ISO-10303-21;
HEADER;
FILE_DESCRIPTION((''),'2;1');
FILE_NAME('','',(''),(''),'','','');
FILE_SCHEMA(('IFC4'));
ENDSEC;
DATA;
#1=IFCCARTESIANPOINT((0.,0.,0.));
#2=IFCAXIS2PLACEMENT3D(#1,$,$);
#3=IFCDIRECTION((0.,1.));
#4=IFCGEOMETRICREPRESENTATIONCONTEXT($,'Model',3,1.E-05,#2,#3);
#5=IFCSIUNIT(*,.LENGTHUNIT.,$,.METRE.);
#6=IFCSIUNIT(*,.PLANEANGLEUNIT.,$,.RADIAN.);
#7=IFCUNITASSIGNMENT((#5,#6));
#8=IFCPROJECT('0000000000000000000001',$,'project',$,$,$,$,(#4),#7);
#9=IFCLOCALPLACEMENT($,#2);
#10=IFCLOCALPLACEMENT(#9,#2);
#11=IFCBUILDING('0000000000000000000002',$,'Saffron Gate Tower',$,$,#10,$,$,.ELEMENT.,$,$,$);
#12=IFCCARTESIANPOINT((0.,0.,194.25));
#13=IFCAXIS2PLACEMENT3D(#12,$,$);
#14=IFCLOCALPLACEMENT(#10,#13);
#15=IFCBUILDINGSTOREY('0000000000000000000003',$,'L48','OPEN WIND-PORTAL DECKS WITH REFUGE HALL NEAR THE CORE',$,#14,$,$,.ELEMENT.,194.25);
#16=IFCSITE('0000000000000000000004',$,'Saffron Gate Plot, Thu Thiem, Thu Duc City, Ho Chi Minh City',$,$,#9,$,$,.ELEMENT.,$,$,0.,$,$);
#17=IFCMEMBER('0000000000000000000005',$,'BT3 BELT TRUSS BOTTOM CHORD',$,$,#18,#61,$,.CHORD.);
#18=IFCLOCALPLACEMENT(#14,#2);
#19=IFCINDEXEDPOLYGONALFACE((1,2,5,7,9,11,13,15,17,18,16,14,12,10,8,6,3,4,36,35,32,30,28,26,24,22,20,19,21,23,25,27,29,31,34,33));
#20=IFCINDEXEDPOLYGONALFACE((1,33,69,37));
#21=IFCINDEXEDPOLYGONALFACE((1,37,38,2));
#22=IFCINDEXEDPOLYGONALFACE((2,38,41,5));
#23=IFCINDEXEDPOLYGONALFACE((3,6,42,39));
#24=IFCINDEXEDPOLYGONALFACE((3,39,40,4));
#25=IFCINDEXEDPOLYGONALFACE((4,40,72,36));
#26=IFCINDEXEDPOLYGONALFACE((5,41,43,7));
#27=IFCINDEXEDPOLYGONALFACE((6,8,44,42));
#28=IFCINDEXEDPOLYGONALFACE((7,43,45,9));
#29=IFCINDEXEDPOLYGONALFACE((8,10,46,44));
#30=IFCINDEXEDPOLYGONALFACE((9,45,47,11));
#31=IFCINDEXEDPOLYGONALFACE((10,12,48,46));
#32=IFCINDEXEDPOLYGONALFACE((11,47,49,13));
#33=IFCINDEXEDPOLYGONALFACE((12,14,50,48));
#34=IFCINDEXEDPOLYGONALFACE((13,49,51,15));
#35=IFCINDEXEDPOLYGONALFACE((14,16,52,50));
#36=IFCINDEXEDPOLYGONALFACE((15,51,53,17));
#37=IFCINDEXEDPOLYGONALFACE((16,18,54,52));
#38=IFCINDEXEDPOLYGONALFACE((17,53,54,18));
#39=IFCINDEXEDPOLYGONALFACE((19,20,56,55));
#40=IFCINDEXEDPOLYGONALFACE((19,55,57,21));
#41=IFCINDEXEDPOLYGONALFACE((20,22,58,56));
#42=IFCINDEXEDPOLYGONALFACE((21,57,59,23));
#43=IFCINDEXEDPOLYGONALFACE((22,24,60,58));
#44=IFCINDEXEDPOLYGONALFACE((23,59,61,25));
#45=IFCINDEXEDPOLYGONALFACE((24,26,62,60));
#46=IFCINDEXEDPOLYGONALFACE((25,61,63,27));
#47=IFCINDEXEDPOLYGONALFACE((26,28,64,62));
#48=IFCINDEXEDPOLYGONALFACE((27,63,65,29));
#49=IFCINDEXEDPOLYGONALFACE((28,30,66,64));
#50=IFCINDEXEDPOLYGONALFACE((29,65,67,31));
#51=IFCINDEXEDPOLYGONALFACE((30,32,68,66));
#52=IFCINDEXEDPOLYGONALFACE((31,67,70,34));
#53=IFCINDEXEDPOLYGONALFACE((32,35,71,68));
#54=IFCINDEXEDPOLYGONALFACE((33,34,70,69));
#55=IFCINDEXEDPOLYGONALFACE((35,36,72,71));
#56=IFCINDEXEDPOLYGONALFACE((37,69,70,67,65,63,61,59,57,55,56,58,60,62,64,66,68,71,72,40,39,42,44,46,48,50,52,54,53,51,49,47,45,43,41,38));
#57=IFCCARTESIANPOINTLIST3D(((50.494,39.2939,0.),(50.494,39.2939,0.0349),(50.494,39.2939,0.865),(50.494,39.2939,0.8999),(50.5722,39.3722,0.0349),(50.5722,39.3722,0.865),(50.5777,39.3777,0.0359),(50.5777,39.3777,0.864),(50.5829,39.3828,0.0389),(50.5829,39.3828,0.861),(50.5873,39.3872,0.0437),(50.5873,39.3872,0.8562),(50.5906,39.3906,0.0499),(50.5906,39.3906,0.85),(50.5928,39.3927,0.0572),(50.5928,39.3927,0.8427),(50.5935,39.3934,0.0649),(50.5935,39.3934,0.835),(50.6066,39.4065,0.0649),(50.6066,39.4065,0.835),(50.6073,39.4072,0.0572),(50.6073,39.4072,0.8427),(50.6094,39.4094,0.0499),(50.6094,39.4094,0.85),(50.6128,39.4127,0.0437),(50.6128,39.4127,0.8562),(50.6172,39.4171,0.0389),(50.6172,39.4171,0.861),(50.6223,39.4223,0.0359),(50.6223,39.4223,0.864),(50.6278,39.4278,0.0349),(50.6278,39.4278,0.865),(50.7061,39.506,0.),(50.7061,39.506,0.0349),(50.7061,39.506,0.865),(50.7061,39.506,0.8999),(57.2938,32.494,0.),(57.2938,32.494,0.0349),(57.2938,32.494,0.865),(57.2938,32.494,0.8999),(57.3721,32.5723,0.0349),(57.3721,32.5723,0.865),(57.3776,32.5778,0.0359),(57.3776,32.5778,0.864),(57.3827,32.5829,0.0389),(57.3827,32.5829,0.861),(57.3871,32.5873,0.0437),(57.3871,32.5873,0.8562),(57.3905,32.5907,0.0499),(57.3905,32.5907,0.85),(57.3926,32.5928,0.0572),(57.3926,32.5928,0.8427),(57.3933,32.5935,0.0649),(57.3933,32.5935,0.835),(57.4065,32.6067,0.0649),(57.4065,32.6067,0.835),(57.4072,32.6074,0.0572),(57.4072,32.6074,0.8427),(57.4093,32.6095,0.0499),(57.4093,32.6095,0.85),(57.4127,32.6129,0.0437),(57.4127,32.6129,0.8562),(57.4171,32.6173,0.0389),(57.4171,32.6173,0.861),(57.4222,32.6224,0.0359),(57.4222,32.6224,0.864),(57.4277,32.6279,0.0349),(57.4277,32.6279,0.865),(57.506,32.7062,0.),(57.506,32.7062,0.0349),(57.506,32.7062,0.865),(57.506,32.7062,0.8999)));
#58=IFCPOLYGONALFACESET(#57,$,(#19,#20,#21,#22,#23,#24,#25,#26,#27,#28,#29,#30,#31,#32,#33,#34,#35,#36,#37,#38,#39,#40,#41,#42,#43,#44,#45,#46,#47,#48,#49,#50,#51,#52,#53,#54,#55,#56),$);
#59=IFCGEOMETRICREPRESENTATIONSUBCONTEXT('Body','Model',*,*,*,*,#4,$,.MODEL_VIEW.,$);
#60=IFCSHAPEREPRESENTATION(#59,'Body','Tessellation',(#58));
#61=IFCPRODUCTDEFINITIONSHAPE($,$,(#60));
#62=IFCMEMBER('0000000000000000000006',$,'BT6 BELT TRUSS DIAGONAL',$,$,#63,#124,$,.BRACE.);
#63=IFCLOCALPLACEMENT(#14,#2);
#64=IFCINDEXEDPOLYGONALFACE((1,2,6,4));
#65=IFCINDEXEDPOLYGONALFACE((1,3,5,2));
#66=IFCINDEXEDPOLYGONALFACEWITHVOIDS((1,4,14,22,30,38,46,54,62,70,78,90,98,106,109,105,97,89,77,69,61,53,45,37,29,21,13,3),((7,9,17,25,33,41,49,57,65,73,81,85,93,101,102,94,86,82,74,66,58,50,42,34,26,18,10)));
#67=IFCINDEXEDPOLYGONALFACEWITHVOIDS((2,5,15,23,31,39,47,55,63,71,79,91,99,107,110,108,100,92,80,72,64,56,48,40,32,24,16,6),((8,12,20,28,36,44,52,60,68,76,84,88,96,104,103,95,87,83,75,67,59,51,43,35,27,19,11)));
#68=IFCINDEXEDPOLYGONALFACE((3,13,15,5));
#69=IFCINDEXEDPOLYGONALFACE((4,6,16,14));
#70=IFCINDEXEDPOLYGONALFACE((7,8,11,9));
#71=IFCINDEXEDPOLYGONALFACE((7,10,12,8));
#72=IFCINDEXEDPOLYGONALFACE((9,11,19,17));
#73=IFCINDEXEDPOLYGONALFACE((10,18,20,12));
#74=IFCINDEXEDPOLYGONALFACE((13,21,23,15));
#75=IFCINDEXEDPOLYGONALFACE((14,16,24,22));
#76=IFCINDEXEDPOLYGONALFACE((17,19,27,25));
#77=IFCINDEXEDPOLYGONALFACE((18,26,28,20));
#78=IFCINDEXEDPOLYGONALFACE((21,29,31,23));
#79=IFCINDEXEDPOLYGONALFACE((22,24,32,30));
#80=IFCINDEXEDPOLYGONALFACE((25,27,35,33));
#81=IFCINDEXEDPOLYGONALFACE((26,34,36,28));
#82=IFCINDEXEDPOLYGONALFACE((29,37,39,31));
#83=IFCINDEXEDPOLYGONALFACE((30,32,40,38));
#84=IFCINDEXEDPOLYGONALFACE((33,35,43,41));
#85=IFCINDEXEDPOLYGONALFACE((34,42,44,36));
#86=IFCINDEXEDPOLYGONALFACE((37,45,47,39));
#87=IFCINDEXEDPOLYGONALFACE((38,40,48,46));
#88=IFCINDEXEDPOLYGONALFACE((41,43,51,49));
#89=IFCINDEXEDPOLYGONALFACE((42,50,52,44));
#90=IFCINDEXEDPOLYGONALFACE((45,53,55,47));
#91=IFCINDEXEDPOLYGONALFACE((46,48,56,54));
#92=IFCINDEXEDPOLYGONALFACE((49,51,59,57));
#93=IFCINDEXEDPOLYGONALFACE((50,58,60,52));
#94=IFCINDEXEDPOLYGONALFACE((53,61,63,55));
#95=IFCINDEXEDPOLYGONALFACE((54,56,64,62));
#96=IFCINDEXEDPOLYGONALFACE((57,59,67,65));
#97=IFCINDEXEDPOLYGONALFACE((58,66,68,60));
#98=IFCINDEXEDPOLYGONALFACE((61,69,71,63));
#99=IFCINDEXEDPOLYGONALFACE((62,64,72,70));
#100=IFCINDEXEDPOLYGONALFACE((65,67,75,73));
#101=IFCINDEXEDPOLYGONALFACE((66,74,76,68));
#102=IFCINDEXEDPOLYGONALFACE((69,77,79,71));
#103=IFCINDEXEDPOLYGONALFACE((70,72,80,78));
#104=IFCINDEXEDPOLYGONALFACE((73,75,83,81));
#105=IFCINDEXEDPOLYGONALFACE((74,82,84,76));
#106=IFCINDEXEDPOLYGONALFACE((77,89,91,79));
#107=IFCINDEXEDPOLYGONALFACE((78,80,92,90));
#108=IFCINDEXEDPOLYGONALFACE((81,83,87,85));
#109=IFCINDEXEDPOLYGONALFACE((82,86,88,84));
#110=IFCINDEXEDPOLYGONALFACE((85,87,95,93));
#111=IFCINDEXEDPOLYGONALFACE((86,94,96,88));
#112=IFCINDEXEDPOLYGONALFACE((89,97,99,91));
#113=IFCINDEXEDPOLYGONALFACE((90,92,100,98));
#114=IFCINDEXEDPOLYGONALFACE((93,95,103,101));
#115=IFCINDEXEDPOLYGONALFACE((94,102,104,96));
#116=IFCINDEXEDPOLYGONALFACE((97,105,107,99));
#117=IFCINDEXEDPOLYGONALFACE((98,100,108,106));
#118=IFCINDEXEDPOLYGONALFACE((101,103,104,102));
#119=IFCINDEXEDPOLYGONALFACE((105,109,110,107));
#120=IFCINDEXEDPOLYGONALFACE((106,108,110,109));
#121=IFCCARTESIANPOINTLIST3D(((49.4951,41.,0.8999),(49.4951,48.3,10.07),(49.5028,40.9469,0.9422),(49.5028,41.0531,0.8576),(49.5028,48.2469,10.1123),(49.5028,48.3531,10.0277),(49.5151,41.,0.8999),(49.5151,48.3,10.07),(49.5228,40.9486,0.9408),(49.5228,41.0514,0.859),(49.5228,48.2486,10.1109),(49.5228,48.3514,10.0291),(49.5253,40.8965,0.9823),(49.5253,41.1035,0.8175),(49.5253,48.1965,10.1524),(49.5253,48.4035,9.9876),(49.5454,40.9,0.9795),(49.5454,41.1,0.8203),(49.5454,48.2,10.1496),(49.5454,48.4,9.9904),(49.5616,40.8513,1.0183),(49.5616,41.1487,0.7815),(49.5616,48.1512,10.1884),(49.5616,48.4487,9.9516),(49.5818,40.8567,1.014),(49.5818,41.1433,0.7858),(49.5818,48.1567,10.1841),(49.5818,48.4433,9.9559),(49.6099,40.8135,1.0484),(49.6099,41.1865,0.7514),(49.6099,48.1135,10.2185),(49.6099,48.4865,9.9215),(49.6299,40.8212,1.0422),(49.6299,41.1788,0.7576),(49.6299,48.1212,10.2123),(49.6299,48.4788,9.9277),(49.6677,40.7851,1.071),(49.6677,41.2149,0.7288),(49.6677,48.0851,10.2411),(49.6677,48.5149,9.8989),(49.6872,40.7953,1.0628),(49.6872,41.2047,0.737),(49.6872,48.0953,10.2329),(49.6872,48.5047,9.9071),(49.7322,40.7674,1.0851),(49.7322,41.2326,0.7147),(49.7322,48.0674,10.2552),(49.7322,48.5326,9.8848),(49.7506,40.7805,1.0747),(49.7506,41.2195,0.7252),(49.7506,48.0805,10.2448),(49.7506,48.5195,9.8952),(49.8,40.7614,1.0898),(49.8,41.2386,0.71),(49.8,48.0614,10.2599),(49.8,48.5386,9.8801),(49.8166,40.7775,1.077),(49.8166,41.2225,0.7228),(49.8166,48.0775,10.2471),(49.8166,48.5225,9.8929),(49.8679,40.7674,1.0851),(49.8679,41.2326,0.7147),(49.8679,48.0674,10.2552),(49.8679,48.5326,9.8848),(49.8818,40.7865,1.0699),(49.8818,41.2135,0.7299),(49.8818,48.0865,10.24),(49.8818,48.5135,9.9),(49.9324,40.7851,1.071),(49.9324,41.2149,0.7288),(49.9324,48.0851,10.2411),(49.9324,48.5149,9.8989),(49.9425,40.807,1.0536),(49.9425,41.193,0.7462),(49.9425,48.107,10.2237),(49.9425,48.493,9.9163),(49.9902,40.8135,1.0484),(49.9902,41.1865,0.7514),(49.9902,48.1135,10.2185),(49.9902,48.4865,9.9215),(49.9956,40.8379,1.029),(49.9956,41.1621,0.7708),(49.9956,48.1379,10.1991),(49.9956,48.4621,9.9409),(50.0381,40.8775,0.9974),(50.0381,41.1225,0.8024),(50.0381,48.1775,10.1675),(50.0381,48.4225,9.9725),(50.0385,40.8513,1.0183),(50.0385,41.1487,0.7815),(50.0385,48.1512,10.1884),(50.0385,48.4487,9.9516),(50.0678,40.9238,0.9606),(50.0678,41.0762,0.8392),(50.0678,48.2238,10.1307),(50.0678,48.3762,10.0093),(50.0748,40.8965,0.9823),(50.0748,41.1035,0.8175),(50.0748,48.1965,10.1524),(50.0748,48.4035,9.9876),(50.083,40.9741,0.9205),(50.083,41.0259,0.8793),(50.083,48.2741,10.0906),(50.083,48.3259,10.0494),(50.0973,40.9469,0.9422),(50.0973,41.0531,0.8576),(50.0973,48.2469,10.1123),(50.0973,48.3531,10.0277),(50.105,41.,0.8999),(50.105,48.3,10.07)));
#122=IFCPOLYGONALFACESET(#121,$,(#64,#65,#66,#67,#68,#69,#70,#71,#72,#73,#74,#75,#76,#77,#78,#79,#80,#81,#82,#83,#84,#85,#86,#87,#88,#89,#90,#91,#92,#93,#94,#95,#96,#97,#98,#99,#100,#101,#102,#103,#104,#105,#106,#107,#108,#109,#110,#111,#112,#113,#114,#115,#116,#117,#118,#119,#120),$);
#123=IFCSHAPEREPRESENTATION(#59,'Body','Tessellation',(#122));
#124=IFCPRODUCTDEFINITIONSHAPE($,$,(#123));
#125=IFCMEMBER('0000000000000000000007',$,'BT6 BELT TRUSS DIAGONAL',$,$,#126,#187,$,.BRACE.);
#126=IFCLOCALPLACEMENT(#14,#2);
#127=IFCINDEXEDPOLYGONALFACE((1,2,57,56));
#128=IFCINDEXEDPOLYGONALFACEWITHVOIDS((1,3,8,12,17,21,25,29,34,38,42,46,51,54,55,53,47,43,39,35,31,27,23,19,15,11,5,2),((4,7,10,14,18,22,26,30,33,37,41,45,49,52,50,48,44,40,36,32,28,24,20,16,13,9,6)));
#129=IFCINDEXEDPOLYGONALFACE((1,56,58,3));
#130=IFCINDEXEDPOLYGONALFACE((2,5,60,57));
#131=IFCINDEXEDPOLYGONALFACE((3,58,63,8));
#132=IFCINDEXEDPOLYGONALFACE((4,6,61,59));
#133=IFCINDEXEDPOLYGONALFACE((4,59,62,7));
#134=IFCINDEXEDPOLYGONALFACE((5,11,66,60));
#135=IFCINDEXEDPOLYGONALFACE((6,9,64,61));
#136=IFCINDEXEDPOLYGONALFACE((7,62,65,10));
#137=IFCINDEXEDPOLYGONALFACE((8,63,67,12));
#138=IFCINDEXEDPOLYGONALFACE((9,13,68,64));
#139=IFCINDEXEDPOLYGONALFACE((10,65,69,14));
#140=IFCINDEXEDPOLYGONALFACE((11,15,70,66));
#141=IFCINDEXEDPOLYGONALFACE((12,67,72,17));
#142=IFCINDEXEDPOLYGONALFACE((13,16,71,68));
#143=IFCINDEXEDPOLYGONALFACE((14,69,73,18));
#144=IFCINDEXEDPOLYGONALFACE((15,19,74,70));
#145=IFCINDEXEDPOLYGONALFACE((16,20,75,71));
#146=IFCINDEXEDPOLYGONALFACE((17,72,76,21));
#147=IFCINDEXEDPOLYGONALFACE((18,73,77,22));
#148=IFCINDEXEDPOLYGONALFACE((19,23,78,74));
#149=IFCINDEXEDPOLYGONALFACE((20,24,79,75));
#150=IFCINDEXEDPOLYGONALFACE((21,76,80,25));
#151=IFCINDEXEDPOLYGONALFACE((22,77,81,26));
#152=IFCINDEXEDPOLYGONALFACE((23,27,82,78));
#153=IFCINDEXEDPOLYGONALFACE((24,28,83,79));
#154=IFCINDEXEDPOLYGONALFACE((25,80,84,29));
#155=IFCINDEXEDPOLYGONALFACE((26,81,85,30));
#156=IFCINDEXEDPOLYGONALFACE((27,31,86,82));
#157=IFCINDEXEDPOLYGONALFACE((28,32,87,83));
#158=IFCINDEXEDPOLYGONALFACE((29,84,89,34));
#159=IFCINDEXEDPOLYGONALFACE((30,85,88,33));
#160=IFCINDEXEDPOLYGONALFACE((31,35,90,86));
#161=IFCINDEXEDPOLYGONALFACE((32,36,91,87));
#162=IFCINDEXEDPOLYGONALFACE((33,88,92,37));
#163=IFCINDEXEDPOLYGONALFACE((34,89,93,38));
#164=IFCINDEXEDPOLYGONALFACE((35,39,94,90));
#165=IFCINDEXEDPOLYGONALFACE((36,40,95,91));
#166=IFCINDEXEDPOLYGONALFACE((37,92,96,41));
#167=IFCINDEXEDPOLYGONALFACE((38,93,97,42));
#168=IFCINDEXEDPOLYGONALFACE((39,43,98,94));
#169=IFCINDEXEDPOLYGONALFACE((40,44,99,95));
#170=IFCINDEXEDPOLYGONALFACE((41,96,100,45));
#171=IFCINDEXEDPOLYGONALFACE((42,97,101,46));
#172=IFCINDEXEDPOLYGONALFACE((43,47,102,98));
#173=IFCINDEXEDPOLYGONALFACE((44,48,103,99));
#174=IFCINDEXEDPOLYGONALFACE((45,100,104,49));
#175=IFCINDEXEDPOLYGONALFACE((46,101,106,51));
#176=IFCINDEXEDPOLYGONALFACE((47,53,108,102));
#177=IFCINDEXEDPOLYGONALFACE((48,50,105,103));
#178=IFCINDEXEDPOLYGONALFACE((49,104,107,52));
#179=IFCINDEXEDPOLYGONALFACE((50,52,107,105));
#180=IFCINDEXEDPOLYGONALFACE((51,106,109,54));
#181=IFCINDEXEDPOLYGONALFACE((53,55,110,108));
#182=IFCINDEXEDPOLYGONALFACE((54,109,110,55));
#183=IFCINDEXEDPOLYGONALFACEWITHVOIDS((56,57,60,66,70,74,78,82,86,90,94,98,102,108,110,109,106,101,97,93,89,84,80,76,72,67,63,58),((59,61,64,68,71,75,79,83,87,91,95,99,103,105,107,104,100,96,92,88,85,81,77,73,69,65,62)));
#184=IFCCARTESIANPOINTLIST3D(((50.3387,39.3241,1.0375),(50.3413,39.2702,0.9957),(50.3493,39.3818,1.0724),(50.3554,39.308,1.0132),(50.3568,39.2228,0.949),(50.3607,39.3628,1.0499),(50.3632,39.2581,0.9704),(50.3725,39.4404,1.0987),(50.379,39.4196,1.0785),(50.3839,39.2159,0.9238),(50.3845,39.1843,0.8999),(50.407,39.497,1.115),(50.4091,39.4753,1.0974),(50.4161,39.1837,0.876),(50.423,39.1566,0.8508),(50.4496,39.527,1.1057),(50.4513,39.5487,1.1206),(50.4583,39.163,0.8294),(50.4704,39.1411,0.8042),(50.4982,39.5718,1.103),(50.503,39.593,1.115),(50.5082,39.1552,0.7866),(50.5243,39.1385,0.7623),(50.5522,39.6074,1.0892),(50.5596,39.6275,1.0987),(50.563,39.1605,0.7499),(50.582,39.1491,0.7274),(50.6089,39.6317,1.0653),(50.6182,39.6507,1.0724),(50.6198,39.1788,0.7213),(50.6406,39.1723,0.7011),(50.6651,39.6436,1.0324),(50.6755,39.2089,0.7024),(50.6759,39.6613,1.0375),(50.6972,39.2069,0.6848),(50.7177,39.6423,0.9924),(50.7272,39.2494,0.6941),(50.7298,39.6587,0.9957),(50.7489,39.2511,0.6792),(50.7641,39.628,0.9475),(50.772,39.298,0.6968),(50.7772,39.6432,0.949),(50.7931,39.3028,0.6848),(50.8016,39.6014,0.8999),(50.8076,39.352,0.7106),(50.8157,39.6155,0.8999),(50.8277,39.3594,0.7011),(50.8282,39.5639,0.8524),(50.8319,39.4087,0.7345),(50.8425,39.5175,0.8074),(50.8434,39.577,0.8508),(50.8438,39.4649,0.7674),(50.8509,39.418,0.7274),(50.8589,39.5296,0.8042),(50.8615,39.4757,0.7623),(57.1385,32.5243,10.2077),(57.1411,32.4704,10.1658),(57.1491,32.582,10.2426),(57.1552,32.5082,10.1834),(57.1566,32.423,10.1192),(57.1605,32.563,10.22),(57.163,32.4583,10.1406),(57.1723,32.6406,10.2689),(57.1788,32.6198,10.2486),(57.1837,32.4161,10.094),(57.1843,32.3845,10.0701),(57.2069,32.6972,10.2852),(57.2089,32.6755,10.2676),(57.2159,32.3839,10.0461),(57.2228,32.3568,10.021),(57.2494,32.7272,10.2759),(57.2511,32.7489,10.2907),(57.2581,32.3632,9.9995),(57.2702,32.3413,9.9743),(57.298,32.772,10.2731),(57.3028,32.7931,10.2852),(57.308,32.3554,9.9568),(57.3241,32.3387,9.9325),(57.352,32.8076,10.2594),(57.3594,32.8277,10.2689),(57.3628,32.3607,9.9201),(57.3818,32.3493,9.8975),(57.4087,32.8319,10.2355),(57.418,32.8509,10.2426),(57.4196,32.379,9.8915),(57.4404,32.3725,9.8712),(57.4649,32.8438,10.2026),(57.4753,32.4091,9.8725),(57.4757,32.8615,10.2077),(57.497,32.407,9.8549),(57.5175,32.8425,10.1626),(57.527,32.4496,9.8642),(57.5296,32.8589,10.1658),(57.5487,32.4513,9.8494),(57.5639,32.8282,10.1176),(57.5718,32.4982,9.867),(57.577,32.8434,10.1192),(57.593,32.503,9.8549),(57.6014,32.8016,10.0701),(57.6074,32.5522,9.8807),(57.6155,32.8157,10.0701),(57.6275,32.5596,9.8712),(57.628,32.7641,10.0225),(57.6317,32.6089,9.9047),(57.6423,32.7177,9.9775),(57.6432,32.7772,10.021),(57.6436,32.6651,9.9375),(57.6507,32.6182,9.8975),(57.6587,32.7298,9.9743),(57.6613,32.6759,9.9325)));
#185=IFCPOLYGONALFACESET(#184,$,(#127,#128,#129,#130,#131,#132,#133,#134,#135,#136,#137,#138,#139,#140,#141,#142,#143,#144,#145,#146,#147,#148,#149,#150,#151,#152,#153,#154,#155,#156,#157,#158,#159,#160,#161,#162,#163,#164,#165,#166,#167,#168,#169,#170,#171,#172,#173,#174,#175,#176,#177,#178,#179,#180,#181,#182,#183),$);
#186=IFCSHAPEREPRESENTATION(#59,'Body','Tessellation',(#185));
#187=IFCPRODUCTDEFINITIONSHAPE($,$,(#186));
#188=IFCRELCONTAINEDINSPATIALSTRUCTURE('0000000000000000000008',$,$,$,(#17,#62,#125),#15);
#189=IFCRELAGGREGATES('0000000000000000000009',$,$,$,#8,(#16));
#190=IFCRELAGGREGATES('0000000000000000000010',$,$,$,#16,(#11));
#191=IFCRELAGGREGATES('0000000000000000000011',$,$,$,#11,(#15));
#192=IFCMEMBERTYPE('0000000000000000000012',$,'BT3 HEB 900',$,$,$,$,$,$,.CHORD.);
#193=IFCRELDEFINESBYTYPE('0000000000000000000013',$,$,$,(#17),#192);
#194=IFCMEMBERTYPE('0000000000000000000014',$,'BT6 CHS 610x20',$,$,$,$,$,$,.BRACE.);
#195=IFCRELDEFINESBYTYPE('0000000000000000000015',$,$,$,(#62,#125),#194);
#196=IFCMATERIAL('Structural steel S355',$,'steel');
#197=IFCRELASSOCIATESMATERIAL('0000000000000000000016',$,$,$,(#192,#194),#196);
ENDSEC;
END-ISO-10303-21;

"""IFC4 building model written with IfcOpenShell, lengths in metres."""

from ifc_helpers import new_model, si_unit, direction, frame, origin, origin_2d, place, context, subcontext, project, spatial, hollow_circle, i_section, extrude, material, material_profile, profile_set, type_object, element, save


model = new_model("IFC4")

# Units and contexts
model_context = context("Model", 3, precision=1e-05, world=origin(), true_north=direction((0.0, 1.0)))
body_context = subcontext(model_context, "Body", "Model", "MODEL_VIEW")
ifc_project = project(units=[si_unit("LENGTHUNIT", "METRE"), si_unit("PLANEANGLEUNIT", "RADIAN")], contexts=[model_context])

# Site, building, storey
site_placement = place(None, origin())
site = spatial("IfcSite", under=ifc_project, at=site_placement, Name="Saffron Gate Plot, Thu Thiem, Thu Duc City, Ho Chi Minh City", CompositionType="ELEMENT", RefElevation=0.0)
building_placement = place(site_placement, origin())
building = spatial("IfcBuilding", under=site, at=building_placement, Name="Saffron Gate Tower", CompositionType="ELEMENT")
storey_placement = place(building_placement, frame((0.0, 0.0, 194.25)))
storey = spatial("IfcBuildingStorey", under=building, at=storey_placement, Name="L48", Description="OPEN WIND-PORTAL DECKS WITH REFUGE HALL NEAR THE CORE", CompositionType="ELEMENT", Elevation=194.25)

# Shared definitions
ifc_material_1 = material(Name="Structural steel S355", Category="steel")

# Members
ifc_material_profile_1 = material_profile(ifc_material_1, i_section(OverallWidth=0.3, OverallDepth=0.8999, WebThickness=0.0186, FlangeThickness=0.0349, FilletRadius=0.03, at=origin_2d()))
ifc_profile_set_1 = profile_set([ifc_material_profile_1], Name="Structural steel S355")
member_type_1 = type_object("IfcMemberType", Name="BT3 HEB 900", PredefinedType="CHORD", material=ifc_profile_set_1)
for number, where, z_axis, x_axis, name in (
    (1, (57.3999, 32.6001, 0.45), (-0.707107, 0.707107, 0.0), (-0.707107, -0.707107, 0.0), "BT3 BELT TRUSS BOTTOM CHORD"),
):
    element("IfcMember", number, at=place(storey_placement, frame(where, z_axis=z_axis, x_axis=x_axis)), inside=storey, type_object=member_type_1, Name=name, PredefinedType="CHORD", context=body_context, shape_type="SweptSolid", body=[
        extrude(i_section(OverallWidth=0.3, OverallDepth=0.8999, WebThickness=0.0186, FlangeThickness=0.0349, FilletRadius=0.03, at=origin_2d()), origin(), (0.0, 0.0, 1.0), 9.6165),
    ])
ifc_material_profile_2 = material_profile(ifc_material_1, hollow_circle(Radius=0.3049, WallThickness=0.02, at=origin_2d()))
ifc_profile_set_2 = profile_set([ifc_material_profile_2], Name="Structural steel S355")
member_type_2 = type_object("IfcMemberType", Name="BT6 CHS 610x20", PredefinedType="BRACE", material=ifc_profile_set_2)
member_1_placement = place(storey_placement, frame((49.8, 41.0, 0.8999), z_axis=(0.0, 0.622816, 0.782368), x_axis=(-1.0, 0.0, 0.0)))
element("IfcMember", 2, at=member_1_placement, inside=storey, type_object=member_type_2, Name="BT6 BELT TRUSS DIAGONAL", PredefinedType="BRACE", context=body_context, shape_type="SweptSolid", body=[
    extrude(hollow_circle(Radius=0.3049, WallThickness=0.02, at=origin_2d()), origin(), (0.0, 0.0, 1.0), 11.7209),
])
member_2_placement = place(storey_placement, frame((50.6001, 39.3999, 0.8999), z_axis=(0.511731, -0.511731, 0.690117), x_axis=(0.707107, 0.707107, 0.0)))
element("IfcMember", 3, at=member_2_placement, inside=storey, type_object=member_type_2, Name="BT6 BELT TRUSS DIAGONAL", PredefinedType="BRACE", context=body_context, shape_type="SweptSolid", body=[
    extrude(hollow_circle(Radius=0.3049, WallThickness=0.02, at=origin_2d()), origin(), (0.0, 0.0, 1.0), 13.2878),
])

save(model, "model.ifc")
